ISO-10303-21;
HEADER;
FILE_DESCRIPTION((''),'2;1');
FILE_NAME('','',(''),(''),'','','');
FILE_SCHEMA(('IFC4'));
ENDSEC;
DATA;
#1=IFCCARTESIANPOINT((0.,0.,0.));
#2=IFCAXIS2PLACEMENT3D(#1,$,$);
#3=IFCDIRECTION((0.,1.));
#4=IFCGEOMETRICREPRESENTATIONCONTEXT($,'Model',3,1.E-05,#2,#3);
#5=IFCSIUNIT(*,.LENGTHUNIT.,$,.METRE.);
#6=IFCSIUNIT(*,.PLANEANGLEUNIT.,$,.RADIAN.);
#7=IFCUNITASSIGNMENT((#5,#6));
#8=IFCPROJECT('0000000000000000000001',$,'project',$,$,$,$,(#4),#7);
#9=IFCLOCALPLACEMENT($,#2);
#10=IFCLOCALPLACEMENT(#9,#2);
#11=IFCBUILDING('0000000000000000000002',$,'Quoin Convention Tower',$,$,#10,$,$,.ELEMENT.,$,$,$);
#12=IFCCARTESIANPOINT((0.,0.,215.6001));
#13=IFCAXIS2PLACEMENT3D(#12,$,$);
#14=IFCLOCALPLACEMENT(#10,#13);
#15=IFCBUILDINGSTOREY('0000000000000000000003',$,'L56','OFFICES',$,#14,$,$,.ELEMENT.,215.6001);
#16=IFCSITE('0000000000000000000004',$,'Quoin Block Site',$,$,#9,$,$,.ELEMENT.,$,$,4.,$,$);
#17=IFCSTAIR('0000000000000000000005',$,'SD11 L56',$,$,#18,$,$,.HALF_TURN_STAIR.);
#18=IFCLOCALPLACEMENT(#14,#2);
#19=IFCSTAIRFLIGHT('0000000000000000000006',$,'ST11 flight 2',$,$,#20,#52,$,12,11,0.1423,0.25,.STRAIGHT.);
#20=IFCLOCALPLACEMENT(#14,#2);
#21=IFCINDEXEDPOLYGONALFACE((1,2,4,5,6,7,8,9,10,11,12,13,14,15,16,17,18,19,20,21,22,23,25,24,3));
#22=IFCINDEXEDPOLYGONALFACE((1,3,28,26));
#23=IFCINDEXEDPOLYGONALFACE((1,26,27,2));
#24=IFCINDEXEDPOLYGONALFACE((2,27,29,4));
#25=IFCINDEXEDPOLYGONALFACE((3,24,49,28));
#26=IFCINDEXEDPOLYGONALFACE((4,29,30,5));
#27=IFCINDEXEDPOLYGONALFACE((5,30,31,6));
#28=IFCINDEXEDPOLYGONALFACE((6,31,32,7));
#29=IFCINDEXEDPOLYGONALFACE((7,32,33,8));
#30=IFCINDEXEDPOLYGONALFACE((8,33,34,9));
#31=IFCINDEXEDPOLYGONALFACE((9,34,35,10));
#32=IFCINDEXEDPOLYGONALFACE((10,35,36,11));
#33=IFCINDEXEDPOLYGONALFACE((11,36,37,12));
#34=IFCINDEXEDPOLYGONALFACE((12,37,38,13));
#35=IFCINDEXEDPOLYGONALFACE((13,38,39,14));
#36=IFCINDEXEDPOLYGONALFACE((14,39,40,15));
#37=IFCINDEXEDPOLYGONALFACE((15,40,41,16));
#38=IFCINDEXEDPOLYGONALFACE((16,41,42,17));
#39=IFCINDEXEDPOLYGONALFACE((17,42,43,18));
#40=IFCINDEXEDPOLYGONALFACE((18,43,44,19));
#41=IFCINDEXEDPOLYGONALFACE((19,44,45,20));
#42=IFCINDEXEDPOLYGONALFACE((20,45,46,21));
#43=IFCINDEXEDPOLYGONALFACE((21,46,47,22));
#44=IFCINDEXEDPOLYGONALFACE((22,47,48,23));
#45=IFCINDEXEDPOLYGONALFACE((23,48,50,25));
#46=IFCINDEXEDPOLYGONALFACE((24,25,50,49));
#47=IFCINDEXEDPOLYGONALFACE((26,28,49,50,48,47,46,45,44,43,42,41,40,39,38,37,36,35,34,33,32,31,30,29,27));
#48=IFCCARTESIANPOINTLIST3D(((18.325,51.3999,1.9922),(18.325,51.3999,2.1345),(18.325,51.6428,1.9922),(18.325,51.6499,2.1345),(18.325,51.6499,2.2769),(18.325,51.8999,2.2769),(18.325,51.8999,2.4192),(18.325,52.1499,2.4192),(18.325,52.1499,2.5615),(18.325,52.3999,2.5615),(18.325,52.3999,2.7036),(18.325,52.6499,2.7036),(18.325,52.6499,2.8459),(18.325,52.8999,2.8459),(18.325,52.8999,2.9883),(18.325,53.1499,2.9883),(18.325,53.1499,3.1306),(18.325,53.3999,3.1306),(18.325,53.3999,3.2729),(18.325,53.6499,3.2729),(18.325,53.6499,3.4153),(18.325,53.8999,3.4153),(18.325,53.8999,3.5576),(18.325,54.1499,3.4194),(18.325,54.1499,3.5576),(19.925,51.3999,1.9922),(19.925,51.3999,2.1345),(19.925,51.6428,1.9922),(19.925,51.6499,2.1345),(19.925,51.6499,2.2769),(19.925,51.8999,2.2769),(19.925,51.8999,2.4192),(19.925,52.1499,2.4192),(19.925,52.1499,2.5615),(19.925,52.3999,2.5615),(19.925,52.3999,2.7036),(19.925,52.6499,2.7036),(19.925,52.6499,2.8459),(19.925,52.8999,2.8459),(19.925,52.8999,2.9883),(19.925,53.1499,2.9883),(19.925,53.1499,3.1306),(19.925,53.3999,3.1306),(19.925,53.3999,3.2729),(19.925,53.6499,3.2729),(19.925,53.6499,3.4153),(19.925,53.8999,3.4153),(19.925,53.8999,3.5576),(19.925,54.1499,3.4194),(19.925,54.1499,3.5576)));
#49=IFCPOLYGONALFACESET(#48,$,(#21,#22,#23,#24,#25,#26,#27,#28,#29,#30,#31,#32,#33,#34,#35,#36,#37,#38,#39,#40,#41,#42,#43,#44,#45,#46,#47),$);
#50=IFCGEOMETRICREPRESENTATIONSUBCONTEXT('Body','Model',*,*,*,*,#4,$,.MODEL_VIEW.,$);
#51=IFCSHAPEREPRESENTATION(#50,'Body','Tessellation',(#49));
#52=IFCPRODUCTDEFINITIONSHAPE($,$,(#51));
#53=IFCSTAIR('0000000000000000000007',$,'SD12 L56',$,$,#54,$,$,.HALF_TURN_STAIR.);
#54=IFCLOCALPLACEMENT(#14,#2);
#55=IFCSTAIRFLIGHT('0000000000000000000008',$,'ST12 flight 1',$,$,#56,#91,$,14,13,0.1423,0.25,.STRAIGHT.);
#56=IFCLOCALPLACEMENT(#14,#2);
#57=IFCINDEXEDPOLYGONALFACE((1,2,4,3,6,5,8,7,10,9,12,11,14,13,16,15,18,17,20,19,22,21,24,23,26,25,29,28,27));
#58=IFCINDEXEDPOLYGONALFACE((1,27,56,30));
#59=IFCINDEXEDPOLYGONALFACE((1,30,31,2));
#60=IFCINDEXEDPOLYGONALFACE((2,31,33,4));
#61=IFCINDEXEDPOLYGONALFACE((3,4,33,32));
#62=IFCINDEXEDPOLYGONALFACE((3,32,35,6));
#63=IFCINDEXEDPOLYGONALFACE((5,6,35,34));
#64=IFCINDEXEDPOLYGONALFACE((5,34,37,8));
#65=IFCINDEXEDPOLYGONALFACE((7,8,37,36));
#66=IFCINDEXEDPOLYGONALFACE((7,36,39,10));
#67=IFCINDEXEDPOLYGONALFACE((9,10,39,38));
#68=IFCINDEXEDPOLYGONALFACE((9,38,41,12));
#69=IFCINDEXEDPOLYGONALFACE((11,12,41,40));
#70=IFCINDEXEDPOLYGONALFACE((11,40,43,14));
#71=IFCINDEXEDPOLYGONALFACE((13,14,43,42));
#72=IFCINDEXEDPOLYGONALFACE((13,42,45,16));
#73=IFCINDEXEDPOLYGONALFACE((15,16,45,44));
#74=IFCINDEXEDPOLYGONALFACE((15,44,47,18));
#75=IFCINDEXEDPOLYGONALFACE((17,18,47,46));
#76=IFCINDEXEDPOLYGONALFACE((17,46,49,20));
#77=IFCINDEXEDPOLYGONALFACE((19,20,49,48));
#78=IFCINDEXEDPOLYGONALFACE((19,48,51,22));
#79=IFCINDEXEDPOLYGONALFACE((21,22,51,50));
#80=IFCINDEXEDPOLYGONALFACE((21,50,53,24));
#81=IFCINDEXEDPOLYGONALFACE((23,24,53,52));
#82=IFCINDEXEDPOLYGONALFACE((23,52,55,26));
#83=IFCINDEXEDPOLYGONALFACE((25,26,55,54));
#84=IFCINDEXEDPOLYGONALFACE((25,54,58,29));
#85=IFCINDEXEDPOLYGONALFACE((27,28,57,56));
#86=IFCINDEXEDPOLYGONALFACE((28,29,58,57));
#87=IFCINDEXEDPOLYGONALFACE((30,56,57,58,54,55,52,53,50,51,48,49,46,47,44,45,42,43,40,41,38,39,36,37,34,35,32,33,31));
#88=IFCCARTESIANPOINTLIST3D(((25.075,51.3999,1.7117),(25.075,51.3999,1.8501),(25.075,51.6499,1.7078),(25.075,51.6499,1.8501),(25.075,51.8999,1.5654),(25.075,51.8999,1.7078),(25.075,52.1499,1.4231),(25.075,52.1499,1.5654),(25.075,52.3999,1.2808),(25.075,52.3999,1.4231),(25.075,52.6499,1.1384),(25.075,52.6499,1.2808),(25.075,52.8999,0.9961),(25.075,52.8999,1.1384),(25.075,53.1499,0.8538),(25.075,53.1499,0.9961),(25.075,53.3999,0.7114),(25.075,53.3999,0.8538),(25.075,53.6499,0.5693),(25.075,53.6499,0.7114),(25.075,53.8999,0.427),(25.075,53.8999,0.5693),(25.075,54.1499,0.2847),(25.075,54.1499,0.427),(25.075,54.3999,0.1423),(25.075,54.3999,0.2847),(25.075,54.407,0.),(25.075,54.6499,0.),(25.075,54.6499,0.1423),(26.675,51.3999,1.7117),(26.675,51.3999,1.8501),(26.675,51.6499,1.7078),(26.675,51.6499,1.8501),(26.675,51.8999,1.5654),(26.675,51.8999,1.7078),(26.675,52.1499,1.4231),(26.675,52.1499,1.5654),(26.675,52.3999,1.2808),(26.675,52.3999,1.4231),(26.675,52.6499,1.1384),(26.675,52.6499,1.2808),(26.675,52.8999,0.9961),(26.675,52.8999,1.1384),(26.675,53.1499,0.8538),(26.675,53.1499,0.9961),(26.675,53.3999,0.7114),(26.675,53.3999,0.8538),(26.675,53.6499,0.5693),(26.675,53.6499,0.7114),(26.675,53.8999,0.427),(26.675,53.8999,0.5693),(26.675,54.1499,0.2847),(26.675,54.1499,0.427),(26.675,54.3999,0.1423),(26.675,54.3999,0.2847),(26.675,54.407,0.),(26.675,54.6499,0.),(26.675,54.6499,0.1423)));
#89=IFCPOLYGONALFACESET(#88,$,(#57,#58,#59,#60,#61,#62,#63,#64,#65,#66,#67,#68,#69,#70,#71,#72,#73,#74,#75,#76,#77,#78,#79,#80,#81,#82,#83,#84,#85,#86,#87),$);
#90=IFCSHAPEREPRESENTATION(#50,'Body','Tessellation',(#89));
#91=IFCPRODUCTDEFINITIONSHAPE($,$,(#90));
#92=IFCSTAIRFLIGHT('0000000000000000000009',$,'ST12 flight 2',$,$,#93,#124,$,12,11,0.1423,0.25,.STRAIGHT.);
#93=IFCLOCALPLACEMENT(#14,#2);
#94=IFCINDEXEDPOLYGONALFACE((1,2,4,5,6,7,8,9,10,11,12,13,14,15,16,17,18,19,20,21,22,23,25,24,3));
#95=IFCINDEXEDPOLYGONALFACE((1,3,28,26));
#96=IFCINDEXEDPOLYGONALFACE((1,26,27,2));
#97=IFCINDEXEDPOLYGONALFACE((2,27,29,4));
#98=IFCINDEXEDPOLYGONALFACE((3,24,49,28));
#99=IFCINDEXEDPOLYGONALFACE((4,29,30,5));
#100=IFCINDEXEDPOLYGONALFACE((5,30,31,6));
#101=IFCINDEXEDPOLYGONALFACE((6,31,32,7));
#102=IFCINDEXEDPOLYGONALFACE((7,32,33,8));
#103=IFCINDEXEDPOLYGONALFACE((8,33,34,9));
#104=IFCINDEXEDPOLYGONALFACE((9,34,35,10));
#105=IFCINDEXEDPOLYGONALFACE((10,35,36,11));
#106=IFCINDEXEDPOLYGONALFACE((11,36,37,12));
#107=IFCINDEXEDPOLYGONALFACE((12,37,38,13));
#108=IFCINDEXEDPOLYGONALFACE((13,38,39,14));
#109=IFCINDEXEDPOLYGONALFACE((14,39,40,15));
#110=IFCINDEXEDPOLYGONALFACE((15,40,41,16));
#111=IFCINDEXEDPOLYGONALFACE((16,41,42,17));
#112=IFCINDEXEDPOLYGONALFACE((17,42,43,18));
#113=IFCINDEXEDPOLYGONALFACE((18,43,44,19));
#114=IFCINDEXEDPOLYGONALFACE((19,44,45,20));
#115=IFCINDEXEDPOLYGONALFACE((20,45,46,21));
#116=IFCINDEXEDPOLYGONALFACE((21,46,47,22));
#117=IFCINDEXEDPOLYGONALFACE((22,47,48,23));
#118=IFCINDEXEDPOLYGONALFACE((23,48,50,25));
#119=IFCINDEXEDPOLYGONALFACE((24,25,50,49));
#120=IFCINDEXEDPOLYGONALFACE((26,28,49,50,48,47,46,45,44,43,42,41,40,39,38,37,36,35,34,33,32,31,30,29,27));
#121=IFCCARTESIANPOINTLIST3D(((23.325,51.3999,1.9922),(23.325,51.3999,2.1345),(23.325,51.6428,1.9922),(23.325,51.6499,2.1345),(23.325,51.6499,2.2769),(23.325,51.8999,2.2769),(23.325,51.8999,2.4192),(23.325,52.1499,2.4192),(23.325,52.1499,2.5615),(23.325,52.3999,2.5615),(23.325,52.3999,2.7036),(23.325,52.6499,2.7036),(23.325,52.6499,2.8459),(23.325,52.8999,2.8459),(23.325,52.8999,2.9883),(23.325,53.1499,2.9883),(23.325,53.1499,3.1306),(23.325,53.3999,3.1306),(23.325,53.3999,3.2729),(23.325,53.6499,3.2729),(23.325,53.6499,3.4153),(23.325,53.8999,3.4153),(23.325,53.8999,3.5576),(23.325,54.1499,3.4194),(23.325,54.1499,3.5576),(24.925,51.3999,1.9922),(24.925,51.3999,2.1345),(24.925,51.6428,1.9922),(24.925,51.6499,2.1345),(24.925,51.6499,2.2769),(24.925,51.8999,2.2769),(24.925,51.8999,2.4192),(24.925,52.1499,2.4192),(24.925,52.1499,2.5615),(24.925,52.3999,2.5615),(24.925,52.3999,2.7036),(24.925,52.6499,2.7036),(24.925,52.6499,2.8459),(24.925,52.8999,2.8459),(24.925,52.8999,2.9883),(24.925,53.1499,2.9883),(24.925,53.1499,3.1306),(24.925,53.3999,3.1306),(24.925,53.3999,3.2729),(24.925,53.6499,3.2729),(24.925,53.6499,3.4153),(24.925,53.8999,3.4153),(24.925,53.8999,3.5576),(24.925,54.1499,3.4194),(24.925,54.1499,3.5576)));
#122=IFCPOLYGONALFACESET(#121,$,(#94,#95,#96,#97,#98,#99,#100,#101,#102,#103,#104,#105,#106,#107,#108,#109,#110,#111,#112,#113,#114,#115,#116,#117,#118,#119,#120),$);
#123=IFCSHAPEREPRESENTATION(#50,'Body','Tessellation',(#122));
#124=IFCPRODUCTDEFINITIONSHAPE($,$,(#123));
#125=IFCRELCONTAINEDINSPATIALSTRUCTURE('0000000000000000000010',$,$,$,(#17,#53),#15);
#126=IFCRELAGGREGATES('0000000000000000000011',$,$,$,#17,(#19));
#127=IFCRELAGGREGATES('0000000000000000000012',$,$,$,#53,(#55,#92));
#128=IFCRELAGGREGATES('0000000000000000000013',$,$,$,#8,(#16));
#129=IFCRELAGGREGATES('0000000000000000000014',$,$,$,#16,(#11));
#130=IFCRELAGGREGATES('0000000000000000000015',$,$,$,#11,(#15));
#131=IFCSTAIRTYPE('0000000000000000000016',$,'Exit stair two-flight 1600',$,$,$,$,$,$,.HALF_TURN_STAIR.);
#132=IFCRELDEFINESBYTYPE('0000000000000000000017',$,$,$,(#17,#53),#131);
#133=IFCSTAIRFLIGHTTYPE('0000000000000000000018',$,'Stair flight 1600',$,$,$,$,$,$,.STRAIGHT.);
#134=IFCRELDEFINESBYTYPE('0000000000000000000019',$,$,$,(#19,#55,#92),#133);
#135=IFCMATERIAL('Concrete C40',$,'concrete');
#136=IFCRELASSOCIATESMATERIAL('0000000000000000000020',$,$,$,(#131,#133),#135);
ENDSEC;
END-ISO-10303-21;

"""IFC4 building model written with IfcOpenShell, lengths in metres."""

from ifc_helpers import new_model, si_unit, direction, frame, origin, place, context, subcontext, project, spatial, polyline, outline, extrude, material, type_object, element, aggregate, save


model = new_model("IFC4")

# Units and contexts
model_context = context("Model", 3, precision=1e-05, world=origin(), true_north=direction((0.0, 1.0)))
body_context = subcontext(model_context, "Body", "Model", "MODEL_VIEW")
ifc_project = project(units=[si_unit("LENGTHUNIT", "METRE"), si_unit("PLANEANGLEUNIT", "RADIAN")], contexts=[model_context])

# Site, building, storey
site_placement = place(None, origin())
site = spatial("IfcSite", under=ifc_project, at=site_placement, Name="Quoin Block Site", CompositionType="ELEMENT", RefElevation=4.0)
building_placement = place(site_placement, origin())
building = spatial("IfcBuilding", under=site, at=building_placement, Name="Quoin Convention Tower", CompositionType="ELEMENT")
storey_placement = place(building_placement, frame((0.0, 0.0, 215.6001)))
storey = spatial("IfcBuildingStorey", under=building, at=storey_placement, Name="L56", Description="OFFICES", CompositionType="ELEMENT", Elevation=215.6001)

# Stairs, stair flights
ifc_material_1 = material(Name="Concrete C40", Category="concrete")
stair_type = type_object("IfcStairType", Name="Exit stair two-flight 1600", PredefinedType="HALF_TURN_STAIR", material=ifc_material_1)
stair_1_placement = place(storey_placement, origin())
stair_1 = element("IfcStair", 1, at=stair_1_placement, inside=storey, type_object=stair_type, Name="SD11 L56", PredefinedType="HALF_TURN_STAIR")
stair_flight_type = type_object("IfcStairFlightType", Name="Stair flight 1600", PredefinedType="STRAIGHT", material=ifc_material_1)
stair_flight_1_placement = place(storey_placement, frame((19.125, 51.3999, 1.9922), z_axis=(0.0, 0.0, 1.0), x_axis=(0.0, 1.0, 0.0)))
stair_flight_1 = element("IfcStairFlight", 2, at=stair_flight_1_placement, type_object=stair_flight_type, Name="ST11 flight 2", NumberOfRisers=12, NumberOfTreads=11, PredefinedType="STRAIGHT", RiserHeight=0.1423, TreadLength=0.25, context=body_context, shape_type="SweptSolid", body=[
    extrude(outline(polyline([(0.0, 0.0), (0.0, 0.1423), (0.25, 0.1423), (0.25, 0.2847), (0.5, 0.2847), (0.5, 0.427), (0.75, 0.427), (0.75, 0.5693), (1.0, 0.5693), (1.0, 0.7114), (1.25, 0.7114), (1.25, 0.8538), (1.5, 0.8538), (1.5, 0.9961), (1.75, 0.9961), (1.75, 1.1384), (2.0, 1.1384), (2.0, 1.2808), (2.25, 1.2808), (2.25, 1.4231), (2.5, 1.4231), (2.5, 1.5654), (2.75, 1.5654), (2.75, 1.7078), (2.75, 1.4272), (0.2429, 0.0), (0.0, 0.0)])), frame((0.0, 0.8, 0.0), z_axis=(0.0, -1.0, 0.0), x_axis=(1.0, 0.0, 0.0)), (0.0, 0.0, 1.0), 1.6001),
])
aggregate(stair_1, [stair_flight_1])
stair_2_placement = place(storey_placement, origin())
stair_2 = element("IfcStair", 3, at=stair_2_placement, inside=storey, type_object=stair_type, Name="SD12 L56", PredefinedType="HALF_TURN_STAIR")
stair_flight_2_placement = place(storey_placement, frame((25.875, 54.6499, 0.0), z_axis=(0.0, 0.0, 1.0), x_axis=(0.0, -1.0, 0.0)))
stair_flight_2 = element("IfcStairFlight", 4, at=stair_flight_2_placement, type_object=stair_flight_type, Name="ST12 flight 1", NumberOfRisers=14, NumberOfTreads=13, PredefinedType="STRAIGHT", RiserHeight=0.1423, TreadLength=0.25, context=body_context, shape_type="SweptSolid", body=[
    extrude(outline(polyline([(0.0, 0.0), (0.0, 0.1423), (0.25, 0.1423), (0.25, 0.2847), (0.5, 0.2847), (0.5, 0.427), (0.75, 0.427), (0.75, 0.5693), (1.0, 0.5693), (1.0, 0.7114), (1.25, 0.7114), (1.25, 0.8538), (1.5, 0.8538), (1.5, 0.9961), (1.75, 0.9961), (1.75, 1.1384), (2.0, 1.1384), (2.0, 1.2808), (2.25, 1.2808), (2.25, 1.4231), (2.5, 1.4231), (2.5, 1.5654), (2.75, 1.5654), (2.75, 1.7078), (3.0, 1.7078), (3.0, 1.8501), (3.25, 1.8501), (3.25, 1.9922), (3.25, 1.7117), (0.2429, 0.0), (0.0, 0.0)])), frame((0.0, 0.8, 0.0), z_axis=(0.0, -1.0, 0.0), x_axis=(1.0, 0.0, 0.0)), (0.0, 0.0, 1.0), 1.6001),
])
stair_flight_3_placement = place(storey_placement, frame((24.125, 51.3999, 1.9922), z_axis=(0.0, 0.0, 1.0), x_axis=(0.0, 1.0, 0.0)))
stair_flight_3 = element("IfcStairFlight", 5, at=stair_flight_3_placement, type_object=stair_flight_type, Name="ST12 flight 2", NumberOfRisers=12, NumberOfTreads=11, PredefinedType="STRAIGHT", RiserHeight=0.1423, TreadLength=0.25, context=body_context, shape_type="SweptSolid", body=[
    extrude(outline(polyline([(0.0, 0.0), (0.0, 0.1423), (0.25, 0.1423), (0.25, 0.2847), (0.5, 0.2847), (0.5, 0.427), (0.75, 0.427), (0.75, 0.5693), (1.0, 0.5693), (1.0, 0.7114), (1.25, 0.7114), (1.25, 0.8538), (1.5, 0.8538), (1.5, 0.9961), (1.75, 0.9961), (1.75, 1.1384), (2.0, 1.1384), (2.0, 1.2808), (2.25, 1.2808), (2.25, 1.4231), (2.5, 1.4231), (2.5, 1.5654), (2.75, 1.5654), (2.75, 1.7078), (2.75, 1.4272), (0.2429, 0.0), (0.0, 0.0)])), frame((0.0, 0.8, 0.0), z_axis=(0.0, -1.0, 0.0), x_axis=(1.0, 0.0, 0.0)), (0.0, 0.0, 1.0), 1.6001),
])
aggregate(stair_2, [stair_flight_2, stair_flight_3])

save(model, "model.ifc")
